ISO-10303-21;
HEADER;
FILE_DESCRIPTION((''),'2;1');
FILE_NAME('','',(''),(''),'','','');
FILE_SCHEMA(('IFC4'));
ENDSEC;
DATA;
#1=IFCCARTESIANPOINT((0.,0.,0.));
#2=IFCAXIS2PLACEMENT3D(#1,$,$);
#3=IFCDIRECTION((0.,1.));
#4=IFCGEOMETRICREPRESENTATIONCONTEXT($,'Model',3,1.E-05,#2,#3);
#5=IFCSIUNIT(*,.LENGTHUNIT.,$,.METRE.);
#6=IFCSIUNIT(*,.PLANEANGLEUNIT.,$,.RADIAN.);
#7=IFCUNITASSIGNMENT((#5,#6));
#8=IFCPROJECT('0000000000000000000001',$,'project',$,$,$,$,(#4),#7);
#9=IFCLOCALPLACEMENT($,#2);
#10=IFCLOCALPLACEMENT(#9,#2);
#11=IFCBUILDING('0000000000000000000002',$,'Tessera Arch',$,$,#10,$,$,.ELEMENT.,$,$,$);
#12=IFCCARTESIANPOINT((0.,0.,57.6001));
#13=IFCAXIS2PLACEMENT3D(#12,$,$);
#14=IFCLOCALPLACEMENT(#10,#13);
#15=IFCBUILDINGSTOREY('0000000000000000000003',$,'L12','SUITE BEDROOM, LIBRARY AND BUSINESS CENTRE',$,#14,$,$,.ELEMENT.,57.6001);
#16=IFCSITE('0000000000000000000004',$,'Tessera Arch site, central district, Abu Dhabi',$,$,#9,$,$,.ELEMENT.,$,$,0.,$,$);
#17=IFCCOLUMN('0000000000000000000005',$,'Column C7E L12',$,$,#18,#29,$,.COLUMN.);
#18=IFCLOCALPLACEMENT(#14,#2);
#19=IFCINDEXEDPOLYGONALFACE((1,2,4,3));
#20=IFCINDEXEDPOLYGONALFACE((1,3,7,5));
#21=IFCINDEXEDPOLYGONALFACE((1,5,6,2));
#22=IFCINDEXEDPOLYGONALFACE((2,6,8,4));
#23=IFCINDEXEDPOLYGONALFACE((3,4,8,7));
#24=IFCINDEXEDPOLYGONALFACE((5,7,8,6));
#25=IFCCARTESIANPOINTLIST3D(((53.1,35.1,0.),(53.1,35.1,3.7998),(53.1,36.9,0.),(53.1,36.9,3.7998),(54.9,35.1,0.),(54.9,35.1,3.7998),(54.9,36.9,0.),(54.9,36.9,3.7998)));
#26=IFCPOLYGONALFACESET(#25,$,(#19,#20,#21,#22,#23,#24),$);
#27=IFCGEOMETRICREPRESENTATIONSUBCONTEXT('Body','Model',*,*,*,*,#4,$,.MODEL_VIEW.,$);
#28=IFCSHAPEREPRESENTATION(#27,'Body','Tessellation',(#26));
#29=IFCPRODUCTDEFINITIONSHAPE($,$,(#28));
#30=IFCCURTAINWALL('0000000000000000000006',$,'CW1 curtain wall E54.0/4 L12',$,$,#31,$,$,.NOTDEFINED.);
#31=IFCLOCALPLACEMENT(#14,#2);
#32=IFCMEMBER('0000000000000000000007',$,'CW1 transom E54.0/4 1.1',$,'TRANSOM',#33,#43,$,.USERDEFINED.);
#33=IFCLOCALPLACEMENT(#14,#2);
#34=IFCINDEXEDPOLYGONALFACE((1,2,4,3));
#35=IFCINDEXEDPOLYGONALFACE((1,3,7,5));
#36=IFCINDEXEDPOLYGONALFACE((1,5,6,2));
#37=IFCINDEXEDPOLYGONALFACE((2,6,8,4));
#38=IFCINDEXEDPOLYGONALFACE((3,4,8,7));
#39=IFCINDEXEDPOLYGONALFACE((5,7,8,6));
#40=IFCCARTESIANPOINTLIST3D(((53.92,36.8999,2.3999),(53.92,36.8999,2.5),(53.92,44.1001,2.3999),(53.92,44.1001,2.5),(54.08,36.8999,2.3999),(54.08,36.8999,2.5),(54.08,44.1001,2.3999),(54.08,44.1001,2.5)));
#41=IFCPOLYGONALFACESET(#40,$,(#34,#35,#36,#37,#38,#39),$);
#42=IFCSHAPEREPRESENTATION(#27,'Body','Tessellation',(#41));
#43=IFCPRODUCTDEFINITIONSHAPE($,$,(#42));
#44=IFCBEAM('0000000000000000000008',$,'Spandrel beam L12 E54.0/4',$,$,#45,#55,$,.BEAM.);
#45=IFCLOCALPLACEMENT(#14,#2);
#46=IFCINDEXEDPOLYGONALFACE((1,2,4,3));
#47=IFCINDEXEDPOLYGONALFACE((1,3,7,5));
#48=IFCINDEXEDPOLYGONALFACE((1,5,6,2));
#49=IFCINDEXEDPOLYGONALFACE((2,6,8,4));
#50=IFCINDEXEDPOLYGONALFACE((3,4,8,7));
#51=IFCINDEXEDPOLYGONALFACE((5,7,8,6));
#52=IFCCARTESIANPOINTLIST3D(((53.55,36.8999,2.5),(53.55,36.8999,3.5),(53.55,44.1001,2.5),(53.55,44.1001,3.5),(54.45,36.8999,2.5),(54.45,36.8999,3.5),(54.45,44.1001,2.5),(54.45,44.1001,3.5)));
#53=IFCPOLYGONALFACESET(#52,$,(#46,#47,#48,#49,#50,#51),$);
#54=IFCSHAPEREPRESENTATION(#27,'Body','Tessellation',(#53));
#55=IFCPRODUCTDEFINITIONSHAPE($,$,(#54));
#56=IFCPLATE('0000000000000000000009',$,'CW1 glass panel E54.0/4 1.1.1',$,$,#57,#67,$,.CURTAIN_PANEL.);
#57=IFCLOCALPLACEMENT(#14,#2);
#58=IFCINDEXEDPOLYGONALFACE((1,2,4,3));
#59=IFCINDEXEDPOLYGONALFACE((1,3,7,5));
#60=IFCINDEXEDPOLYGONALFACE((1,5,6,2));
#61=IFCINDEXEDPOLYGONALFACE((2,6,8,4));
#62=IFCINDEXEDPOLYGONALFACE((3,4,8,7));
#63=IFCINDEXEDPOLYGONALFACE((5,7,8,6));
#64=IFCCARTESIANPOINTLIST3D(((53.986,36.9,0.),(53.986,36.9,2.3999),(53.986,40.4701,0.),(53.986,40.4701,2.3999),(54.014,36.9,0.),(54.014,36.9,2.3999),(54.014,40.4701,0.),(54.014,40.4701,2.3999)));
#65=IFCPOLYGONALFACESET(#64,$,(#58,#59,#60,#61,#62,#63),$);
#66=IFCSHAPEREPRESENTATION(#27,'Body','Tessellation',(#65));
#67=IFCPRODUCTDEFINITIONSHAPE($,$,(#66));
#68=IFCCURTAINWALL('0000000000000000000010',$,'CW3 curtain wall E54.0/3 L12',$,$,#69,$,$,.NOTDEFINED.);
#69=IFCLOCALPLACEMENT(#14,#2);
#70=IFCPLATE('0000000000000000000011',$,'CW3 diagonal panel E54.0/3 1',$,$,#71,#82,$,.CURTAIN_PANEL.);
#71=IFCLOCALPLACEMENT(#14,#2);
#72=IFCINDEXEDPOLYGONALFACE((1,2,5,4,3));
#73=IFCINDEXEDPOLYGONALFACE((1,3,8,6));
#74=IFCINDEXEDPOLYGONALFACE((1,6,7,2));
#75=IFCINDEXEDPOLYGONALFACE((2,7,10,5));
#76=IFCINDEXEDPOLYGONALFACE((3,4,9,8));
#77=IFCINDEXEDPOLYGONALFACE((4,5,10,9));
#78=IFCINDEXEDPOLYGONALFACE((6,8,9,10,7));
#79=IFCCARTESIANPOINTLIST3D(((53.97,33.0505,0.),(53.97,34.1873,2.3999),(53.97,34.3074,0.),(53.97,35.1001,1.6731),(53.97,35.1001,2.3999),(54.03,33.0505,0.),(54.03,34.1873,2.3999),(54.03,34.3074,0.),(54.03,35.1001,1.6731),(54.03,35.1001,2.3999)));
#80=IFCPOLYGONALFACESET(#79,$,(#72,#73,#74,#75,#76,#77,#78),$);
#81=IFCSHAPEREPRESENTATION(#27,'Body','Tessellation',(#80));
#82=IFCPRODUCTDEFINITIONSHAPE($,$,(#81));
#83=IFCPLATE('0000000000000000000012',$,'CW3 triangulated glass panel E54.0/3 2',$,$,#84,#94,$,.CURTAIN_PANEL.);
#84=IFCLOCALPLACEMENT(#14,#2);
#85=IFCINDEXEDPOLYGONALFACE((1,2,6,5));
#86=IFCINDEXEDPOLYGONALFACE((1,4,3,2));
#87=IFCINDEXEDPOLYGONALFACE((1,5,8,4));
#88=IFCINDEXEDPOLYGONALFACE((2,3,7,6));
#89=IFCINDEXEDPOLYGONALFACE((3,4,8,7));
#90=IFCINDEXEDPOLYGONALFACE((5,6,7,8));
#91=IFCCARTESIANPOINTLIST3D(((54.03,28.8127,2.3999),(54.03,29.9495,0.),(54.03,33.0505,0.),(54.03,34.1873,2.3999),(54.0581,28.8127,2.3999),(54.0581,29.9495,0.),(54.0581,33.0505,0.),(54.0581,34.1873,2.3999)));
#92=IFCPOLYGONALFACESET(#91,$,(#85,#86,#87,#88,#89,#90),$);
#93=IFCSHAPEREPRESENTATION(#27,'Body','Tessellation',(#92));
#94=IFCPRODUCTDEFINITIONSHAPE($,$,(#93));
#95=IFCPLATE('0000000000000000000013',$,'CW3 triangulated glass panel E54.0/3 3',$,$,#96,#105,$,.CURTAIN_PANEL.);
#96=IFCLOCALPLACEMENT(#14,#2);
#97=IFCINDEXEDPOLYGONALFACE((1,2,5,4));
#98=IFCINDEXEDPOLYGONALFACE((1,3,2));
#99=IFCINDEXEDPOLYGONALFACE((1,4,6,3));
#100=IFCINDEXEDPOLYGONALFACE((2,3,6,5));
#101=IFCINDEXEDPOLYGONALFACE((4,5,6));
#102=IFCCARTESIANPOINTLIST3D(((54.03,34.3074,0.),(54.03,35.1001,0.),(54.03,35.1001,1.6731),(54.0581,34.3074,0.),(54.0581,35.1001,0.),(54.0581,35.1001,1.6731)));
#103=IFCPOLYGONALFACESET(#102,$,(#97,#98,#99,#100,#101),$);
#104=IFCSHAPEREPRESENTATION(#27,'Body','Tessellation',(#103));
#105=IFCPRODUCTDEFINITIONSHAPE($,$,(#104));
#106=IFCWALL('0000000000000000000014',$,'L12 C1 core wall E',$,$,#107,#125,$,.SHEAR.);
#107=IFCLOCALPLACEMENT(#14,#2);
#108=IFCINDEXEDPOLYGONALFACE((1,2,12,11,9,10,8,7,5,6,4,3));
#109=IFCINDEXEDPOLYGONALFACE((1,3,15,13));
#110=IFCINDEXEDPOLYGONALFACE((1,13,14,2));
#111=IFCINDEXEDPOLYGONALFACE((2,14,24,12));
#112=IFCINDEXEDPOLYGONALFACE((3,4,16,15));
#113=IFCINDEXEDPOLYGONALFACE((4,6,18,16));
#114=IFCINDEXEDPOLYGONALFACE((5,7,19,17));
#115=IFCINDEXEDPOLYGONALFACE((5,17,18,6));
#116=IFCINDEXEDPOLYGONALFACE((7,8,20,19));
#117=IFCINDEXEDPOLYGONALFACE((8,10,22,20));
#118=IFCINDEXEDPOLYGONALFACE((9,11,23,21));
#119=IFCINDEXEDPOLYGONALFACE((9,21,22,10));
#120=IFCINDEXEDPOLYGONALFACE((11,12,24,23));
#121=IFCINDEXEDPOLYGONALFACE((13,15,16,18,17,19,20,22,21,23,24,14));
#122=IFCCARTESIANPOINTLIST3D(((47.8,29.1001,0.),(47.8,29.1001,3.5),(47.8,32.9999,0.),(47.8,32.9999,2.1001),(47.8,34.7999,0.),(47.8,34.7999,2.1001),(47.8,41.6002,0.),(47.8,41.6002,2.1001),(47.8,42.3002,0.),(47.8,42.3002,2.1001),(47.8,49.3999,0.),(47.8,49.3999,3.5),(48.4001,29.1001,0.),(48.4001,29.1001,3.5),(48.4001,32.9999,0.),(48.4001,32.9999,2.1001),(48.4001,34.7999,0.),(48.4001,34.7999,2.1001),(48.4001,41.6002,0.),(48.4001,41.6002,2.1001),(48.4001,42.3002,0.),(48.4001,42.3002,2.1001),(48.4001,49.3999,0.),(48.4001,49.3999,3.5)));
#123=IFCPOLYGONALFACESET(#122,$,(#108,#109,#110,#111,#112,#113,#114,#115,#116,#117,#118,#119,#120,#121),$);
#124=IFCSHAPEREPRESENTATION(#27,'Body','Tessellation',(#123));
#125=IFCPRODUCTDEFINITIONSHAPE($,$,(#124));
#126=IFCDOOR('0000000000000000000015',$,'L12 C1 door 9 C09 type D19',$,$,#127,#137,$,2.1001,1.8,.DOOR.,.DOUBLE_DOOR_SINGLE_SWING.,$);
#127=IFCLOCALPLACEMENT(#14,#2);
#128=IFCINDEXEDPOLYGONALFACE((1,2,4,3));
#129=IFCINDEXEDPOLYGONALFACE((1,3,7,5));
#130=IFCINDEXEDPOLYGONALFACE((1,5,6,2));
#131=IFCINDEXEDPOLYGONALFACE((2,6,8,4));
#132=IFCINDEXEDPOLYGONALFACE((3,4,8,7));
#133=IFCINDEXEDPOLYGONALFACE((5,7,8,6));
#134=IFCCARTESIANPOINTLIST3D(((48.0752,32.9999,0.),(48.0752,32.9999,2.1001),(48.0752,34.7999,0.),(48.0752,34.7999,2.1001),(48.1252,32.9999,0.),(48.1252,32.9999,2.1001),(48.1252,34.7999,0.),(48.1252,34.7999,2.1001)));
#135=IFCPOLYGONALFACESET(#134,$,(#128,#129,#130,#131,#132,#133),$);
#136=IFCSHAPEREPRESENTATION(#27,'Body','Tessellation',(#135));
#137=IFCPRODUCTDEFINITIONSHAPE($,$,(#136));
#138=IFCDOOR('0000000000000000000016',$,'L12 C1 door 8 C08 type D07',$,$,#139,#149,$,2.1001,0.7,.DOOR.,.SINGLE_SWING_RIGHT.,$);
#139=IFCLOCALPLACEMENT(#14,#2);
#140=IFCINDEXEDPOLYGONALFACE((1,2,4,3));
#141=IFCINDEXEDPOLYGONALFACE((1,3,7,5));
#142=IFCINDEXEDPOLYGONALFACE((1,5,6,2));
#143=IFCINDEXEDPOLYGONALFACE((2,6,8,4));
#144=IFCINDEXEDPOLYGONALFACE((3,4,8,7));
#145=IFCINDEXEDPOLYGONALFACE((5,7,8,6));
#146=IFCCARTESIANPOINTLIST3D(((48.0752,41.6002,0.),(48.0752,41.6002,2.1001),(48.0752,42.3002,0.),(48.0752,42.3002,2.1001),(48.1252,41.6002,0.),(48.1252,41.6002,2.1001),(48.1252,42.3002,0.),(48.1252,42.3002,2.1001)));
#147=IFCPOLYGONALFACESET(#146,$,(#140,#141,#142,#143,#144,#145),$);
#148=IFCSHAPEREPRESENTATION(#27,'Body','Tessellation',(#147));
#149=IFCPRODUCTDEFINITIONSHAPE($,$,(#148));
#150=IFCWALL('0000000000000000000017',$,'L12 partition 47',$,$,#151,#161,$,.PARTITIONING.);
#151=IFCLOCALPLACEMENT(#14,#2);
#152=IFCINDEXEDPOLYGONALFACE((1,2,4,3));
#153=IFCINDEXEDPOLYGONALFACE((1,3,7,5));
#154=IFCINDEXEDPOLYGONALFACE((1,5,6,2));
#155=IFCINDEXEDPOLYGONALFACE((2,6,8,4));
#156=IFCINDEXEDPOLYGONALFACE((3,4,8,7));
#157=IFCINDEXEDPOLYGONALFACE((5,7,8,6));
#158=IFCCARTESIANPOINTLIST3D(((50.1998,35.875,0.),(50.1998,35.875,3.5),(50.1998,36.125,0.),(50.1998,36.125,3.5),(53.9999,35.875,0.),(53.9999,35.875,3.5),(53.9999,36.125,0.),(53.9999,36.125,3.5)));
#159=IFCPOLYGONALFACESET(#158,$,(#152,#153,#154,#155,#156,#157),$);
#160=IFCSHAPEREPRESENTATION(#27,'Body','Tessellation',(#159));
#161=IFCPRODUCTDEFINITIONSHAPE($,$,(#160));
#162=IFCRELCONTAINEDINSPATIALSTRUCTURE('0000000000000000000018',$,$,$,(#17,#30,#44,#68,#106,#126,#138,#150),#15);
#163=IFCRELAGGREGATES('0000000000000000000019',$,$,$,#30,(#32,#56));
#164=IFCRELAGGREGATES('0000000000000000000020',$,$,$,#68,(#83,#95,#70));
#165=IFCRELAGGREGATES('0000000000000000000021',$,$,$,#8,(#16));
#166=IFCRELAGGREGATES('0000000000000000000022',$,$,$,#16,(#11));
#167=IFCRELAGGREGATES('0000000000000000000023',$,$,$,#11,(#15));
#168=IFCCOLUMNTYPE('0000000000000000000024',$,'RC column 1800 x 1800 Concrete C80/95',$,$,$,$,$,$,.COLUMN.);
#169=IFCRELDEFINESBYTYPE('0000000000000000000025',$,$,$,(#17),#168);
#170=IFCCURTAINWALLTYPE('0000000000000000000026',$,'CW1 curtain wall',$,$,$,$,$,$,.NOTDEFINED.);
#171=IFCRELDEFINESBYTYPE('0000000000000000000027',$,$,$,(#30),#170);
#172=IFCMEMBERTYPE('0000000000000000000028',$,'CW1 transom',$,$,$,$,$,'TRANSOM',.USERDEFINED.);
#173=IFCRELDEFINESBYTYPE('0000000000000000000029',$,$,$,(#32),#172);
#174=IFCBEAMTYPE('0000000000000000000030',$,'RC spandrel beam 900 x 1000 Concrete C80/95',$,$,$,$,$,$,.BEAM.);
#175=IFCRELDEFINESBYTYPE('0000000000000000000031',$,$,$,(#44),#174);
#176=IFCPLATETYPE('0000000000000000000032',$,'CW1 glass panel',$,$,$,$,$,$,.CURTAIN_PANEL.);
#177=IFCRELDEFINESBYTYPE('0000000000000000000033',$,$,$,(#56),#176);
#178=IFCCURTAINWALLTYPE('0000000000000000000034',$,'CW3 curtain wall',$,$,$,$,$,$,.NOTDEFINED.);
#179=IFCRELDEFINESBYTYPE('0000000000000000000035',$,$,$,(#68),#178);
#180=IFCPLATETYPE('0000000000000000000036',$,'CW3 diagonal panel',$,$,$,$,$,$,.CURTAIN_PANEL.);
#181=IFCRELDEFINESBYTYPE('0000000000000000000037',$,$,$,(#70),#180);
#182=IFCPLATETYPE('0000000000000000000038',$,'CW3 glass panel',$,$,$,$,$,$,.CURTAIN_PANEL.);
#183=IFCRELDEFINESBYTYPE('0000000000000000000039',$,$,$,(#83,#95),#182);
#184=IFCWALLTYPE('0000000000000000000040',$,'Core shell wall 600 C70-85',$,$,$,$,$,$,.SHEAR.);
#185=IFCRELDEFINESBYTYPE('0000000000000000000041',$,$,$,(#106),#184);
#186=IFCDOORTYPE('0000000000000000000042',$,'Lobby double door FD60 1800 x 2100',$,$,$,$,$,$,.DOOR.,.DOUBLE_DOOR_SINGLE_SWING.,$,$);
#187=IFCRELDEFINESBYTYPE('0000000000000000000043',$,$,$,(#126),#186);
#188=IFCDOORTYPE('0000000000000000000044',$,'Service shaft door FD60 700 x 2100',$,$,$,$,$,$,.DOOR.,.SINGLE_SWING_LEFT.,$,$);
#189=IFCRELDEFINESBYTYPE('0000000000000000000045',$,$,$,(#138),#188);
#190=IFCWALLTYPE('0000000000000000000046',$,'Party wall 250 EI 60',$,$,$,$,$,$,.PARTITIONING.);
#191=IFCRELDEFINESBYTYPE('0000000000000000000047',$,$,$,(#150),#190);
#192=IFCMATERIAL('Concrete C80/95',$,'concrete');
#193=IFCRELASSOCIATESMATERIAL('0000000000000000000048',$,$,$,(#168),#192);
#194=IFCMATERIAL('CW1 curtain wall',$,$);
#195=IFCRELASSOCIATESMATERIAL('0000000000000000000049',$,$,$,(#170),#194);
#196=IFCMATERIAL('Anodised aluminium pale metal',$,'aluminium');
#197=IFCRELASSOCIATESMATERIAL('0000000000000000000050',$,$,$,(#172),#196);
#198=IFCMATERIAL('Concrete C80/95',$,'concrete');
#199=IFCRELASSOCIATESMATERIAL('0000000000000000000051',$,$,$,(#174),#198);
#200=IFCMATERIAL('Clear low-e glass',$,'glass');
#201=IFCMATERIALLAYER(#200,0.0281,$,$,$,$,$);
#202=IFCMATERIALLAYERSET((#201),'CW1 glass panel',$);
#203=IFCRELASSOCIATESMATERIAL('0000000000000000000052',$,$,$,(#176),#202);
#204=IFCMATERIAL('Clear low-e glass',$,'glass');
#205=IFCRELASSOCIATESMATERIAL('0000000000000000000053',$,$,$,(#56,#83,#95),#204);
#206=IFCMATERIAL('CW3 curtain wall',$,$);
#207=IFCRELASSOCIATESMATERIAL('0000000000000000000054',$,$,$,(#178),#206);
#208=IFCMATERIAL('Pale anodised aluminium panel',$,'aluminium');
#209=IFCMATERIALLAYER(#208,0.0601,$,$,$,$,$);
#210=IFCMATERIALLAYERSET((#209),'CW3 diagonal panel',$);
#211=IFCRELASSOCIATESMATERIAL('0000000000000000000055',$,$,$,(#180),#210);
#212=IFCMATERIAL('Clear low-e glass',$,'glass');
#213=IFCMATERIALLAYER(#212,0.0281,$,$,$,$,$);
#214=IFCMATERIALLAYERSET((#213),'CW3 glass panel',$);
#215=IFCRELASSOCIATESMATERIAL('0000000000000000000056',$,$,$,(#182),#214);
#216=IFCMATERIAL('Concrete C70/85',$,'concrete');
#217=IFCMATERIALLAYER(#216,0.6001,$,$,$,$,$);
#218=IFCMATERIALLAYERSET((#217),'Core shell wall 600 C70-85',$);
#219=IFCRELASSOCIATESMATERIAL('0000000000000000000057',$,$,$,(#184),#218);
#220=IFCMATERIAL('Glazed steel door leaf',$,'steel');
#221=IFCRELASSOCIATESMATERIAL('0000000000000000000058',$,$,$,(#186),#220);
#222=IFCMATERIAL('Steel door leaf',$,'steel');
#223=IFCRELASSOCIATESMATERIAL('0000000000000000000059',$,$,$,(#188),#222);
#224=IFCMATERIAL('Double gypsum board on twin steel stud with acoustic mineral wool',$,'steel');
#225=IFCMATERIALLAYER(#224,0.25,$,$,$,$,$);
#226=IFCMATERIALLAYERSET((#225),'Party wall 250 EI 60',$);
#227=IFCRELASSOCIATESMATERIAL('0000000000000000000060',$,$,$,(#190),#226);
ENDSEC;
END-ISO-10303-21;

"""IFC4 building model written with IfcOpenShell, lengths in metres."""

from ifc_helpers import new_model, si_unit, direction, frame, frame_2d, origin, origin_2d, place, context, subcontext, project, spatial, polyline, rectangle, outline, extrude, material, layer, layer_set, material_profile, profile_set, type_object, element, fill, aggregate, save


model = new_model("IFC4")

# Units and contexts
model_context = context("Model", 3, precision=1e-05, world=origin(), true_north=direction((0.0, 1.0)))
body_context = subcontext(model_context, "Body", "Model", "MODEL_VIEW")
ifc_project = project(units=[si_unit("LENGTHUNIT", "METRE"), si_unit("PLANEANGLEUNIT", "RADIAN")], contexts=[model_context])

# Site, building, storey
site_placement = place(None, origin())
site = spatial("IfcSite", under=ifc_project, at=site_placement, Name="Tessera Arch site, central district, Abu Dhabi", CompositionType="ELEMENT", RefElevation=0.0)
building_placement = place(site_placement, origin())
building = spatial("IfcBuilding", under=site, at=building_placement, Name="Tessera Arch", CompositionType="ELEMENT")
storey_placement = place(building_placement, frame((0.0, 0.0, 57.6001)))
storey = spatial("IfcBuildingStorey", under=building, at=storey_placement, Name="L12", Description="SUITE BEDROOM, LIBRARY AND BUSINESS CENTRE", CompositionType="ELEMENT", Elevation=57.6001)

# Column
ifc_material_1 = material(Name="Concrete C80/95", Category="concrete")
ifc_material_profile_1 = material_profile(ifc_material_1, rectangle(XDim=1.8, YDim=1.8, at=origin_2d()), Name="RC column 1800 x 1800 Concrete C80/95")
ifc_profile_set_1 = profile_set([ifc_material_profile_1], Name="Concrete C80/95")
column_type = type_object("IfcColumnType", Name="RC column 1800 x 1800 Concrete C80/95", PredefinedType="COLUMN", material=ifc_profile_set_1)
column_placement = place(storey_placement, frame((54.0, 36.0, 0.0), z_axis=(0.0, 0.0, 1.0), x_axis=(1.0, 0.0, 0.0)))
element("IfcColumn", 1, at=column_placement, inside=storey, type_object=column_type, Name="Column C7E L12", PredefinedType="COLUMN", context=body_context, shape_type="SweptSolid", body=[
    extrude(rectangle(XDim=1.8, YDim=1.8, at=origin_2d()), origin(), (0.0, 0.0, 1.0), 3.7998),
])

# Curtain wall, member
ifc_material_2 = material(Name="CW1 curtain wall")
curtain_wall_type_1 = type_object("IfcCurtainWallType", Name="CW1 curtain wall", PredefinedType="NOTDEFINED", material=ifc_material_2)
curtain_wall_1_placement = place(storey_placement, origin())
curtain_wall_1 = element("IfcCurtainWall", 2, at=curtain_wall_1_placement, inside=storey, type_object=curtain_wall_type_1, Name="CW1 curtain wall E54.0/4 L12", PredefinedType="NOTDEFINED")
ifc_material_3 = material(Name="Anodised aluminium pale metal", Category="aluminium")
ifc_material_profile_2 = material_profile(ifc_material_3, rectangle(XDim=0.1599, YDim=0.1001, at=origin_2d()), Name="AL 160x100")
ifc_profile_set_2 = profile_set([ifc_material_profile_2], Name="Anodised aluminium pale metal")
member_type = type_object("IfcMemberType", Name="CW1 transom", ElementType="TRANSOM", PredefinedType="USERDEFINED", material=ifc_profile_set_2)
member_placement = place(storey_placement, frame((54.0, 36.8999, 2.45), z_axis=(0.0, 1.0, 0.0), x_axis=(-1.0, 0.0, 0.0)))
member = element("IfcMember", 3, at=member_placement, type_object=member_type, Name="CW1 transom E54.0/4 1.1", ObjectType="TRANSOM", PredefinedType="USERDEFINED", context=body_context, shape_type="SweptSolid", body=[
    extrude(rectangle(XDim=0.1599, YDim=0.1001, at=origin_2d()), origin(), (0.0, 0.0, 1.0), 7.2002),
])

# Beam
ifc_material_4 = material(Name="Concrete C80/95", Category="concrete")
ifc_material_profile_3 = material_profile(ifc_material_4, rectangle(XDim=0.8999, YDim=1.0, at=origin_2d()), Name="RC spandrel beam 900 x 1000 Concrete C80/95")
ifc_profile_set_3 = profile_set([ifc_material_profile_3], Name="Concrete C80/95")
beam_type = type_object("IfcBeamType", Name="RC spandrel beam 900 x 1000 Concrete C80/95", PredefinedType="BEAM", material=ifc_profile_set_3)
beam_placement = place(storey_placement, frame((54.0, 36.8999, 3.0), z_axis=(0.0, 1.0, 0.0), x_axis=(-1.0, 0.0, 0.0)))
element("IfcBeam", 4, at=beam_placement, inside=storey, type_object=beam_type, Name="Spandrel beam L12 E54.0/4", PredefinedType="BEAM", context=body_context, shape_type="SweptSolid", body=[
    extrude(rectangle(XDim=0.8999, YDim=1.0, at=origin_2d()), origin(), (0.0, 0.0, 1.0), 7.2002),
])

# Plate
ifc_material_5 = material(Name="Clear low-e glass", Category="glass")
ifc_material_6 = material(Name="Clear low-e glass", Category="glass")
ifc_layer_1 = layer(ifc_material_6, 0.0281)
ifc_layer_set_1 = layer_set([ifc_layer_1], Name="CW1 glass panel")
plate_type_1 = type_object("IfcPlateType", Name="CW1 glass panel", PredefinedType="CURTAIN_PANEL", material=ifc_layer_set_1)
plate_1_placement = place(storey_placement, frame((54.0, 38.6851, 0.0), z_axis=(0.0, 0.0, 1.0), x_axis=(0.0, 1.0, 0.0)))
plate_1 = element("IfcPlate", 5, at=plate_1_placement, type_object=plate_type_1, material=ifc_material_5, Name="CW1 glass panel E54.0/4 1.1.1", PredefinedType="CURTAIN_PANEL", context=body_context, shape_type="SweptSolid", body=[
    extrude(rectangle(XDim=3.5701, YDim=0.0281, at=origin_2d()), origin(), (0.0, 0.0, 1.0), 2.3999),
])
aggregate(curtain_wall_1, [member, plate_1])

# Curtain wall, plates
ifc_material_7 = material(Name="CW3 curtain wall")
curtain_wall_type_2 = type_object("IfcCurtainWallType", Name="CW3 curtain wall", PredefinedType="NOTDEFINED", material=ifc_material_7)
curtain_wall_2_placement = place(storey_placement, origin())
curtain_wall_2 = element("IfcCurtainWall", 6, at=curtain_wall_2_placement, inside=storey, type_object=curtain_wall_type_2, Name="CW3 curtain wall E54.0/3 L12", PredefinedType="NOTDEFINED")
ifc_material_8 = material(Name="Pale anodised aluminium panel", Category="aluminium")
ifc_layer_2 = layer(ifc_material_8, 0.0601)
ifc_layer_set_2 = layer_set([ifc_layer_2], Name="CW3 diagonal panel")
plate_type_2 = type_object("IfcPlateType", Name="CW3 diagonal panel", PredefinedType="CURTAIN_PANEL", material=ifc_layer_set_2)
plate_2_placement = place(storey_placement, frame((54.03, 35.1001, 2.3999), z_axis=(1.0, 0.0, 0.0), x_axis=(0.0, -1.0, 0.0)))
plate_2 = element("IfcPlate", 7, at=plate_2_placement, type_object=plate_type_2, Name="CW3 diagonal panel E54.0/3 1", PredefinedType="CURTAIN_PANEL", context=body_context, shape_type="SweptSolid", body=[
    extrude(outline(polyline([(0.0, 0.0), (0.9128, 0.0), (2.0496, 2.3999), (0.7927, 2.3999), (0.0, 0.7268), (0.0, 0.0)])), origin(), (0.0, 0.0, -1.0), 0.0601),
])
ifc_material_9 = material(Name="Clear low-e glass", Category="glass")
ifc_layer_3 = layer(ifc_material_9, 0.0281)
ifc_layer_set_3 = layer_set([ifc_layer_3], Name="CW3 glass panel")
plate_type_3 = type_object("IfcPlateType", Name="CW3 glass panel", PredefinedType="CURTAIN_PANEL", material=ifc_layer_set_3)
plate_3_placement = place(storey_placement, frame((54.0581, 34.1873, 2.3999), z_axis=(1.0, 0.0, 0.0), x_axis=(0.0, -1.0, 0.0)))
plate_3 = element("IfcPlate", 8, at=plate_3_placement, type_object=plate_type_3, material=ifc_material_5, Name="CW3 triangulated glass panel E54.0/3 2", PredefinedType="CURTAIN_PANEL", context=body_context, shape_type="SweptSolid", body=[
    extrude(outline(polyline([(0.0, 0.0), (5.3745, 0.0), (4.2378, 2.3999), (1.1367, 2.3999), (0.0, 0.0)])), origin(), (0.0, 0.0, -1.0), 0.0281),
])
plate_4_placement = place(storey_placement, frame((54.0581, 35.1001, 0.0), z_axis=(1.0, 0.0, 0.0), x_axis=(0.0, 0.0, 1.0)))
plate_4 = element("IfcPlate", 9, at=plate_4_placement, type_object=plate_type_3, material=ifc_material_5, Name="CW3 triangulated glass panel E54.0/3 3", PredefinedType="CURTAIN_PANEL", context=body_context, shape_type="SweptSolid", body=[
    extrude(outline(polyline([(0.0, 0.0), (1.6731, 0.0), (0.0, 0.7927), (0.0, 0.0)])), origin(), (0.0, 0.0, -1.0), 0.0281),
])
aggregate(curtain_wall_2, [plate_3, plate_4, plate_2])

# Wall, openings, doors
ifc_material_10 = material(Name="Concrete C70/85", Category="concrete")
ifc_layer_4 = layer(ifc_material_10, 0.6001)
ifc_layer_set_4 = layer_set([ifc_layer_4], Name="Core shell wall 600 C70-85")
wall_type_1 = type_object("IfcWallType", Name="Core shell wall 600 C70-85", PredefinedType="SHEAR", material=ifc_layer_set_4)
wall_1_placement = place(storey_placement, frame((48.1001, 29.1001, 0.0), z_axis=(0.0, 0.0, 1.0), x_axis=(0.0, 1.0, 0.0)))
wall_1 = element("IfcWall", 10, at=wall_1_placement, inside=storey, type_object=wall_type_1, Name="L12 C1 core wall E", PredefinedType="SHEAR", context=body_context, shape_type="SweptSolid", body=[
    extrude(rectangle(XDim=20.2998, YDim=0.6001, at=frame_2d((10.1499, 0.0))), origin(), (0.0, 0.0, 1.0), 3.5),
])
opening_1_placement = place(wall_1_placement, frame((12.5, 0.0, 0.0)))
opening_1 = element("IfcOpeningElement", 11, at=opening_1_placement, cuts=wall_1, PredefinedType="OPENING", context=body_context, shape_type="SweptSolid", body=[
    extrude(rectangle(XDim=0.7, YDim=2.1001, at=frame_2d((0.3501, 1.05))), frame((0.0, 0.3101, 0.0), z_axis=(0.0, -1.0, 0.0), x_axis=(1.0, 0.0, 0.0)), (0.0, 0.0, 1.0), 0.6201),
])
opening_2_placement = place(wall_1_placement, frame((3.8999, 0.0, 0.0)))
opening_2 = element("IfcOpeningElement", 12, at=opening_2_placement, cuts=wall_1, PredefinedType="OPENING", context=body_context, shape_type="SweptSolid", body=[
    extrude(rectangle(XDim=1.8, YDim=2.1001, at=frame_2d((0.8999, 1.05))), frame((0.0, 0.3101, 0.0), z_axis=(0.0, -1.0, 0.0), x_axis=(1.0, 0.0, 0.0)), (0.0, 0.0, 1.0), 0.6201),
])
ifc_material_11 = material(Name="Glazed steel door leaf", Category="steel")
door_type_1 = type_object("IfcDoorType", Name="Lobby double door FD60 1800 x 2100", OperationType="DOUBLE_DOOR_SINGLE_SWING", PredefinedType="DOOR", material=ifc_material_11)
door_1_placement = place(opening_2_placement, origin())
door_1 = element("IfcDoor", 13, at=door_1_placement, inside=storey, type_object=door_type_1, Name="L12 C1 door 9 C09 type D19", OperationType="DOUBLE_DOOR_SINGLE_SWING", OverallHeight=2.1001, OverallWidth=1.8, PredefinedType="DOOR", context=body_context, shape_type="SweptSolid", body=[
    extrude(rectangle(XDim=1.8, YDim=2.1001, at=frame_2d((0.8999, 1.05))), frame((0.0, 0.0249, 0.0), z_axis=(0.0, -1.0, 0.0), x_axis=(1.0, 0.0, 0.0)), (0.0, 0.0, 1.0), 0.05),
])
fill(opening_2, door_1)
ifc_material_12 = material(Name="Steel door leaf", Category="steel")
door_type_2 = type_object("IfcDoorType", Name="Service shaft door FD60 700 x 2100", OperationType="SINGLE_SWING_LEFT", PredefinedType="DOOR", material=ifc_material_12)
door_2_placement = place(opening_1_placement, origin())
door_2 = element("IfcDoor", 14, at=door_2_placement, inside=storey, type_object=door_type_2, Name="L12 C1 door 8 C08 type D07", OperationType="SINGLE_SWING_RIGHT", OverallHeight=2.1001, OverallWidth=0.7, PredefinedType="DOOR", context=body_context, shape_type="SweptSolid", body=[
    extrude(rectangle(XDim=0.7, YDim=2.1001, at=frame_2d((0.3501, 1.05))), frame((0.0, 0.0249, 0.0), z_axis=(0.0, -1.0, 0.0), x_axis=(1.0, 0.0, 0.0)), (0.0, 0.0, 1.0), 0.05),
])
fill(opening_1, door_2)

# Wall
ifc_material_13 = material(Name="Double gypsum board on twin steel stud with acoustic mineral wool", Category="steel")
ifc_layer_5 = layer(ifc_material_13, 0.25)
ifc_layer_set_5 = layer_set([ifc_layer_5], Name="Party wall 250 EI 60")
wall_type_2 = type_object("IfcWallType", Name="Party wall 250 EI 60", PredefinedType="PARTITIONING", material=ifc_layer_set_5)
wall_2_placement = place(storey_placement, frame((50.2, 36.0, 0.0), z_axis=(0.0, 0.0, 1.0), x_axis=(1.0, 0.0, 0.0)))
element("IfcWall", 15, at=wall_2_placement, inside=storey, type_object=wall_type_2, Name="L12 partition 47", PredefinedType="PARTITIONING", context=body_context, shape_type="SweptSolid", body=[
    extrude(rectangle(XDim=3.8, YDim=0.25, at=frame_2d((1.8999, 0.0))), origin(), (0.0, 0.0, 1.0), 3.5),
])

save(model, "model.ifc")
